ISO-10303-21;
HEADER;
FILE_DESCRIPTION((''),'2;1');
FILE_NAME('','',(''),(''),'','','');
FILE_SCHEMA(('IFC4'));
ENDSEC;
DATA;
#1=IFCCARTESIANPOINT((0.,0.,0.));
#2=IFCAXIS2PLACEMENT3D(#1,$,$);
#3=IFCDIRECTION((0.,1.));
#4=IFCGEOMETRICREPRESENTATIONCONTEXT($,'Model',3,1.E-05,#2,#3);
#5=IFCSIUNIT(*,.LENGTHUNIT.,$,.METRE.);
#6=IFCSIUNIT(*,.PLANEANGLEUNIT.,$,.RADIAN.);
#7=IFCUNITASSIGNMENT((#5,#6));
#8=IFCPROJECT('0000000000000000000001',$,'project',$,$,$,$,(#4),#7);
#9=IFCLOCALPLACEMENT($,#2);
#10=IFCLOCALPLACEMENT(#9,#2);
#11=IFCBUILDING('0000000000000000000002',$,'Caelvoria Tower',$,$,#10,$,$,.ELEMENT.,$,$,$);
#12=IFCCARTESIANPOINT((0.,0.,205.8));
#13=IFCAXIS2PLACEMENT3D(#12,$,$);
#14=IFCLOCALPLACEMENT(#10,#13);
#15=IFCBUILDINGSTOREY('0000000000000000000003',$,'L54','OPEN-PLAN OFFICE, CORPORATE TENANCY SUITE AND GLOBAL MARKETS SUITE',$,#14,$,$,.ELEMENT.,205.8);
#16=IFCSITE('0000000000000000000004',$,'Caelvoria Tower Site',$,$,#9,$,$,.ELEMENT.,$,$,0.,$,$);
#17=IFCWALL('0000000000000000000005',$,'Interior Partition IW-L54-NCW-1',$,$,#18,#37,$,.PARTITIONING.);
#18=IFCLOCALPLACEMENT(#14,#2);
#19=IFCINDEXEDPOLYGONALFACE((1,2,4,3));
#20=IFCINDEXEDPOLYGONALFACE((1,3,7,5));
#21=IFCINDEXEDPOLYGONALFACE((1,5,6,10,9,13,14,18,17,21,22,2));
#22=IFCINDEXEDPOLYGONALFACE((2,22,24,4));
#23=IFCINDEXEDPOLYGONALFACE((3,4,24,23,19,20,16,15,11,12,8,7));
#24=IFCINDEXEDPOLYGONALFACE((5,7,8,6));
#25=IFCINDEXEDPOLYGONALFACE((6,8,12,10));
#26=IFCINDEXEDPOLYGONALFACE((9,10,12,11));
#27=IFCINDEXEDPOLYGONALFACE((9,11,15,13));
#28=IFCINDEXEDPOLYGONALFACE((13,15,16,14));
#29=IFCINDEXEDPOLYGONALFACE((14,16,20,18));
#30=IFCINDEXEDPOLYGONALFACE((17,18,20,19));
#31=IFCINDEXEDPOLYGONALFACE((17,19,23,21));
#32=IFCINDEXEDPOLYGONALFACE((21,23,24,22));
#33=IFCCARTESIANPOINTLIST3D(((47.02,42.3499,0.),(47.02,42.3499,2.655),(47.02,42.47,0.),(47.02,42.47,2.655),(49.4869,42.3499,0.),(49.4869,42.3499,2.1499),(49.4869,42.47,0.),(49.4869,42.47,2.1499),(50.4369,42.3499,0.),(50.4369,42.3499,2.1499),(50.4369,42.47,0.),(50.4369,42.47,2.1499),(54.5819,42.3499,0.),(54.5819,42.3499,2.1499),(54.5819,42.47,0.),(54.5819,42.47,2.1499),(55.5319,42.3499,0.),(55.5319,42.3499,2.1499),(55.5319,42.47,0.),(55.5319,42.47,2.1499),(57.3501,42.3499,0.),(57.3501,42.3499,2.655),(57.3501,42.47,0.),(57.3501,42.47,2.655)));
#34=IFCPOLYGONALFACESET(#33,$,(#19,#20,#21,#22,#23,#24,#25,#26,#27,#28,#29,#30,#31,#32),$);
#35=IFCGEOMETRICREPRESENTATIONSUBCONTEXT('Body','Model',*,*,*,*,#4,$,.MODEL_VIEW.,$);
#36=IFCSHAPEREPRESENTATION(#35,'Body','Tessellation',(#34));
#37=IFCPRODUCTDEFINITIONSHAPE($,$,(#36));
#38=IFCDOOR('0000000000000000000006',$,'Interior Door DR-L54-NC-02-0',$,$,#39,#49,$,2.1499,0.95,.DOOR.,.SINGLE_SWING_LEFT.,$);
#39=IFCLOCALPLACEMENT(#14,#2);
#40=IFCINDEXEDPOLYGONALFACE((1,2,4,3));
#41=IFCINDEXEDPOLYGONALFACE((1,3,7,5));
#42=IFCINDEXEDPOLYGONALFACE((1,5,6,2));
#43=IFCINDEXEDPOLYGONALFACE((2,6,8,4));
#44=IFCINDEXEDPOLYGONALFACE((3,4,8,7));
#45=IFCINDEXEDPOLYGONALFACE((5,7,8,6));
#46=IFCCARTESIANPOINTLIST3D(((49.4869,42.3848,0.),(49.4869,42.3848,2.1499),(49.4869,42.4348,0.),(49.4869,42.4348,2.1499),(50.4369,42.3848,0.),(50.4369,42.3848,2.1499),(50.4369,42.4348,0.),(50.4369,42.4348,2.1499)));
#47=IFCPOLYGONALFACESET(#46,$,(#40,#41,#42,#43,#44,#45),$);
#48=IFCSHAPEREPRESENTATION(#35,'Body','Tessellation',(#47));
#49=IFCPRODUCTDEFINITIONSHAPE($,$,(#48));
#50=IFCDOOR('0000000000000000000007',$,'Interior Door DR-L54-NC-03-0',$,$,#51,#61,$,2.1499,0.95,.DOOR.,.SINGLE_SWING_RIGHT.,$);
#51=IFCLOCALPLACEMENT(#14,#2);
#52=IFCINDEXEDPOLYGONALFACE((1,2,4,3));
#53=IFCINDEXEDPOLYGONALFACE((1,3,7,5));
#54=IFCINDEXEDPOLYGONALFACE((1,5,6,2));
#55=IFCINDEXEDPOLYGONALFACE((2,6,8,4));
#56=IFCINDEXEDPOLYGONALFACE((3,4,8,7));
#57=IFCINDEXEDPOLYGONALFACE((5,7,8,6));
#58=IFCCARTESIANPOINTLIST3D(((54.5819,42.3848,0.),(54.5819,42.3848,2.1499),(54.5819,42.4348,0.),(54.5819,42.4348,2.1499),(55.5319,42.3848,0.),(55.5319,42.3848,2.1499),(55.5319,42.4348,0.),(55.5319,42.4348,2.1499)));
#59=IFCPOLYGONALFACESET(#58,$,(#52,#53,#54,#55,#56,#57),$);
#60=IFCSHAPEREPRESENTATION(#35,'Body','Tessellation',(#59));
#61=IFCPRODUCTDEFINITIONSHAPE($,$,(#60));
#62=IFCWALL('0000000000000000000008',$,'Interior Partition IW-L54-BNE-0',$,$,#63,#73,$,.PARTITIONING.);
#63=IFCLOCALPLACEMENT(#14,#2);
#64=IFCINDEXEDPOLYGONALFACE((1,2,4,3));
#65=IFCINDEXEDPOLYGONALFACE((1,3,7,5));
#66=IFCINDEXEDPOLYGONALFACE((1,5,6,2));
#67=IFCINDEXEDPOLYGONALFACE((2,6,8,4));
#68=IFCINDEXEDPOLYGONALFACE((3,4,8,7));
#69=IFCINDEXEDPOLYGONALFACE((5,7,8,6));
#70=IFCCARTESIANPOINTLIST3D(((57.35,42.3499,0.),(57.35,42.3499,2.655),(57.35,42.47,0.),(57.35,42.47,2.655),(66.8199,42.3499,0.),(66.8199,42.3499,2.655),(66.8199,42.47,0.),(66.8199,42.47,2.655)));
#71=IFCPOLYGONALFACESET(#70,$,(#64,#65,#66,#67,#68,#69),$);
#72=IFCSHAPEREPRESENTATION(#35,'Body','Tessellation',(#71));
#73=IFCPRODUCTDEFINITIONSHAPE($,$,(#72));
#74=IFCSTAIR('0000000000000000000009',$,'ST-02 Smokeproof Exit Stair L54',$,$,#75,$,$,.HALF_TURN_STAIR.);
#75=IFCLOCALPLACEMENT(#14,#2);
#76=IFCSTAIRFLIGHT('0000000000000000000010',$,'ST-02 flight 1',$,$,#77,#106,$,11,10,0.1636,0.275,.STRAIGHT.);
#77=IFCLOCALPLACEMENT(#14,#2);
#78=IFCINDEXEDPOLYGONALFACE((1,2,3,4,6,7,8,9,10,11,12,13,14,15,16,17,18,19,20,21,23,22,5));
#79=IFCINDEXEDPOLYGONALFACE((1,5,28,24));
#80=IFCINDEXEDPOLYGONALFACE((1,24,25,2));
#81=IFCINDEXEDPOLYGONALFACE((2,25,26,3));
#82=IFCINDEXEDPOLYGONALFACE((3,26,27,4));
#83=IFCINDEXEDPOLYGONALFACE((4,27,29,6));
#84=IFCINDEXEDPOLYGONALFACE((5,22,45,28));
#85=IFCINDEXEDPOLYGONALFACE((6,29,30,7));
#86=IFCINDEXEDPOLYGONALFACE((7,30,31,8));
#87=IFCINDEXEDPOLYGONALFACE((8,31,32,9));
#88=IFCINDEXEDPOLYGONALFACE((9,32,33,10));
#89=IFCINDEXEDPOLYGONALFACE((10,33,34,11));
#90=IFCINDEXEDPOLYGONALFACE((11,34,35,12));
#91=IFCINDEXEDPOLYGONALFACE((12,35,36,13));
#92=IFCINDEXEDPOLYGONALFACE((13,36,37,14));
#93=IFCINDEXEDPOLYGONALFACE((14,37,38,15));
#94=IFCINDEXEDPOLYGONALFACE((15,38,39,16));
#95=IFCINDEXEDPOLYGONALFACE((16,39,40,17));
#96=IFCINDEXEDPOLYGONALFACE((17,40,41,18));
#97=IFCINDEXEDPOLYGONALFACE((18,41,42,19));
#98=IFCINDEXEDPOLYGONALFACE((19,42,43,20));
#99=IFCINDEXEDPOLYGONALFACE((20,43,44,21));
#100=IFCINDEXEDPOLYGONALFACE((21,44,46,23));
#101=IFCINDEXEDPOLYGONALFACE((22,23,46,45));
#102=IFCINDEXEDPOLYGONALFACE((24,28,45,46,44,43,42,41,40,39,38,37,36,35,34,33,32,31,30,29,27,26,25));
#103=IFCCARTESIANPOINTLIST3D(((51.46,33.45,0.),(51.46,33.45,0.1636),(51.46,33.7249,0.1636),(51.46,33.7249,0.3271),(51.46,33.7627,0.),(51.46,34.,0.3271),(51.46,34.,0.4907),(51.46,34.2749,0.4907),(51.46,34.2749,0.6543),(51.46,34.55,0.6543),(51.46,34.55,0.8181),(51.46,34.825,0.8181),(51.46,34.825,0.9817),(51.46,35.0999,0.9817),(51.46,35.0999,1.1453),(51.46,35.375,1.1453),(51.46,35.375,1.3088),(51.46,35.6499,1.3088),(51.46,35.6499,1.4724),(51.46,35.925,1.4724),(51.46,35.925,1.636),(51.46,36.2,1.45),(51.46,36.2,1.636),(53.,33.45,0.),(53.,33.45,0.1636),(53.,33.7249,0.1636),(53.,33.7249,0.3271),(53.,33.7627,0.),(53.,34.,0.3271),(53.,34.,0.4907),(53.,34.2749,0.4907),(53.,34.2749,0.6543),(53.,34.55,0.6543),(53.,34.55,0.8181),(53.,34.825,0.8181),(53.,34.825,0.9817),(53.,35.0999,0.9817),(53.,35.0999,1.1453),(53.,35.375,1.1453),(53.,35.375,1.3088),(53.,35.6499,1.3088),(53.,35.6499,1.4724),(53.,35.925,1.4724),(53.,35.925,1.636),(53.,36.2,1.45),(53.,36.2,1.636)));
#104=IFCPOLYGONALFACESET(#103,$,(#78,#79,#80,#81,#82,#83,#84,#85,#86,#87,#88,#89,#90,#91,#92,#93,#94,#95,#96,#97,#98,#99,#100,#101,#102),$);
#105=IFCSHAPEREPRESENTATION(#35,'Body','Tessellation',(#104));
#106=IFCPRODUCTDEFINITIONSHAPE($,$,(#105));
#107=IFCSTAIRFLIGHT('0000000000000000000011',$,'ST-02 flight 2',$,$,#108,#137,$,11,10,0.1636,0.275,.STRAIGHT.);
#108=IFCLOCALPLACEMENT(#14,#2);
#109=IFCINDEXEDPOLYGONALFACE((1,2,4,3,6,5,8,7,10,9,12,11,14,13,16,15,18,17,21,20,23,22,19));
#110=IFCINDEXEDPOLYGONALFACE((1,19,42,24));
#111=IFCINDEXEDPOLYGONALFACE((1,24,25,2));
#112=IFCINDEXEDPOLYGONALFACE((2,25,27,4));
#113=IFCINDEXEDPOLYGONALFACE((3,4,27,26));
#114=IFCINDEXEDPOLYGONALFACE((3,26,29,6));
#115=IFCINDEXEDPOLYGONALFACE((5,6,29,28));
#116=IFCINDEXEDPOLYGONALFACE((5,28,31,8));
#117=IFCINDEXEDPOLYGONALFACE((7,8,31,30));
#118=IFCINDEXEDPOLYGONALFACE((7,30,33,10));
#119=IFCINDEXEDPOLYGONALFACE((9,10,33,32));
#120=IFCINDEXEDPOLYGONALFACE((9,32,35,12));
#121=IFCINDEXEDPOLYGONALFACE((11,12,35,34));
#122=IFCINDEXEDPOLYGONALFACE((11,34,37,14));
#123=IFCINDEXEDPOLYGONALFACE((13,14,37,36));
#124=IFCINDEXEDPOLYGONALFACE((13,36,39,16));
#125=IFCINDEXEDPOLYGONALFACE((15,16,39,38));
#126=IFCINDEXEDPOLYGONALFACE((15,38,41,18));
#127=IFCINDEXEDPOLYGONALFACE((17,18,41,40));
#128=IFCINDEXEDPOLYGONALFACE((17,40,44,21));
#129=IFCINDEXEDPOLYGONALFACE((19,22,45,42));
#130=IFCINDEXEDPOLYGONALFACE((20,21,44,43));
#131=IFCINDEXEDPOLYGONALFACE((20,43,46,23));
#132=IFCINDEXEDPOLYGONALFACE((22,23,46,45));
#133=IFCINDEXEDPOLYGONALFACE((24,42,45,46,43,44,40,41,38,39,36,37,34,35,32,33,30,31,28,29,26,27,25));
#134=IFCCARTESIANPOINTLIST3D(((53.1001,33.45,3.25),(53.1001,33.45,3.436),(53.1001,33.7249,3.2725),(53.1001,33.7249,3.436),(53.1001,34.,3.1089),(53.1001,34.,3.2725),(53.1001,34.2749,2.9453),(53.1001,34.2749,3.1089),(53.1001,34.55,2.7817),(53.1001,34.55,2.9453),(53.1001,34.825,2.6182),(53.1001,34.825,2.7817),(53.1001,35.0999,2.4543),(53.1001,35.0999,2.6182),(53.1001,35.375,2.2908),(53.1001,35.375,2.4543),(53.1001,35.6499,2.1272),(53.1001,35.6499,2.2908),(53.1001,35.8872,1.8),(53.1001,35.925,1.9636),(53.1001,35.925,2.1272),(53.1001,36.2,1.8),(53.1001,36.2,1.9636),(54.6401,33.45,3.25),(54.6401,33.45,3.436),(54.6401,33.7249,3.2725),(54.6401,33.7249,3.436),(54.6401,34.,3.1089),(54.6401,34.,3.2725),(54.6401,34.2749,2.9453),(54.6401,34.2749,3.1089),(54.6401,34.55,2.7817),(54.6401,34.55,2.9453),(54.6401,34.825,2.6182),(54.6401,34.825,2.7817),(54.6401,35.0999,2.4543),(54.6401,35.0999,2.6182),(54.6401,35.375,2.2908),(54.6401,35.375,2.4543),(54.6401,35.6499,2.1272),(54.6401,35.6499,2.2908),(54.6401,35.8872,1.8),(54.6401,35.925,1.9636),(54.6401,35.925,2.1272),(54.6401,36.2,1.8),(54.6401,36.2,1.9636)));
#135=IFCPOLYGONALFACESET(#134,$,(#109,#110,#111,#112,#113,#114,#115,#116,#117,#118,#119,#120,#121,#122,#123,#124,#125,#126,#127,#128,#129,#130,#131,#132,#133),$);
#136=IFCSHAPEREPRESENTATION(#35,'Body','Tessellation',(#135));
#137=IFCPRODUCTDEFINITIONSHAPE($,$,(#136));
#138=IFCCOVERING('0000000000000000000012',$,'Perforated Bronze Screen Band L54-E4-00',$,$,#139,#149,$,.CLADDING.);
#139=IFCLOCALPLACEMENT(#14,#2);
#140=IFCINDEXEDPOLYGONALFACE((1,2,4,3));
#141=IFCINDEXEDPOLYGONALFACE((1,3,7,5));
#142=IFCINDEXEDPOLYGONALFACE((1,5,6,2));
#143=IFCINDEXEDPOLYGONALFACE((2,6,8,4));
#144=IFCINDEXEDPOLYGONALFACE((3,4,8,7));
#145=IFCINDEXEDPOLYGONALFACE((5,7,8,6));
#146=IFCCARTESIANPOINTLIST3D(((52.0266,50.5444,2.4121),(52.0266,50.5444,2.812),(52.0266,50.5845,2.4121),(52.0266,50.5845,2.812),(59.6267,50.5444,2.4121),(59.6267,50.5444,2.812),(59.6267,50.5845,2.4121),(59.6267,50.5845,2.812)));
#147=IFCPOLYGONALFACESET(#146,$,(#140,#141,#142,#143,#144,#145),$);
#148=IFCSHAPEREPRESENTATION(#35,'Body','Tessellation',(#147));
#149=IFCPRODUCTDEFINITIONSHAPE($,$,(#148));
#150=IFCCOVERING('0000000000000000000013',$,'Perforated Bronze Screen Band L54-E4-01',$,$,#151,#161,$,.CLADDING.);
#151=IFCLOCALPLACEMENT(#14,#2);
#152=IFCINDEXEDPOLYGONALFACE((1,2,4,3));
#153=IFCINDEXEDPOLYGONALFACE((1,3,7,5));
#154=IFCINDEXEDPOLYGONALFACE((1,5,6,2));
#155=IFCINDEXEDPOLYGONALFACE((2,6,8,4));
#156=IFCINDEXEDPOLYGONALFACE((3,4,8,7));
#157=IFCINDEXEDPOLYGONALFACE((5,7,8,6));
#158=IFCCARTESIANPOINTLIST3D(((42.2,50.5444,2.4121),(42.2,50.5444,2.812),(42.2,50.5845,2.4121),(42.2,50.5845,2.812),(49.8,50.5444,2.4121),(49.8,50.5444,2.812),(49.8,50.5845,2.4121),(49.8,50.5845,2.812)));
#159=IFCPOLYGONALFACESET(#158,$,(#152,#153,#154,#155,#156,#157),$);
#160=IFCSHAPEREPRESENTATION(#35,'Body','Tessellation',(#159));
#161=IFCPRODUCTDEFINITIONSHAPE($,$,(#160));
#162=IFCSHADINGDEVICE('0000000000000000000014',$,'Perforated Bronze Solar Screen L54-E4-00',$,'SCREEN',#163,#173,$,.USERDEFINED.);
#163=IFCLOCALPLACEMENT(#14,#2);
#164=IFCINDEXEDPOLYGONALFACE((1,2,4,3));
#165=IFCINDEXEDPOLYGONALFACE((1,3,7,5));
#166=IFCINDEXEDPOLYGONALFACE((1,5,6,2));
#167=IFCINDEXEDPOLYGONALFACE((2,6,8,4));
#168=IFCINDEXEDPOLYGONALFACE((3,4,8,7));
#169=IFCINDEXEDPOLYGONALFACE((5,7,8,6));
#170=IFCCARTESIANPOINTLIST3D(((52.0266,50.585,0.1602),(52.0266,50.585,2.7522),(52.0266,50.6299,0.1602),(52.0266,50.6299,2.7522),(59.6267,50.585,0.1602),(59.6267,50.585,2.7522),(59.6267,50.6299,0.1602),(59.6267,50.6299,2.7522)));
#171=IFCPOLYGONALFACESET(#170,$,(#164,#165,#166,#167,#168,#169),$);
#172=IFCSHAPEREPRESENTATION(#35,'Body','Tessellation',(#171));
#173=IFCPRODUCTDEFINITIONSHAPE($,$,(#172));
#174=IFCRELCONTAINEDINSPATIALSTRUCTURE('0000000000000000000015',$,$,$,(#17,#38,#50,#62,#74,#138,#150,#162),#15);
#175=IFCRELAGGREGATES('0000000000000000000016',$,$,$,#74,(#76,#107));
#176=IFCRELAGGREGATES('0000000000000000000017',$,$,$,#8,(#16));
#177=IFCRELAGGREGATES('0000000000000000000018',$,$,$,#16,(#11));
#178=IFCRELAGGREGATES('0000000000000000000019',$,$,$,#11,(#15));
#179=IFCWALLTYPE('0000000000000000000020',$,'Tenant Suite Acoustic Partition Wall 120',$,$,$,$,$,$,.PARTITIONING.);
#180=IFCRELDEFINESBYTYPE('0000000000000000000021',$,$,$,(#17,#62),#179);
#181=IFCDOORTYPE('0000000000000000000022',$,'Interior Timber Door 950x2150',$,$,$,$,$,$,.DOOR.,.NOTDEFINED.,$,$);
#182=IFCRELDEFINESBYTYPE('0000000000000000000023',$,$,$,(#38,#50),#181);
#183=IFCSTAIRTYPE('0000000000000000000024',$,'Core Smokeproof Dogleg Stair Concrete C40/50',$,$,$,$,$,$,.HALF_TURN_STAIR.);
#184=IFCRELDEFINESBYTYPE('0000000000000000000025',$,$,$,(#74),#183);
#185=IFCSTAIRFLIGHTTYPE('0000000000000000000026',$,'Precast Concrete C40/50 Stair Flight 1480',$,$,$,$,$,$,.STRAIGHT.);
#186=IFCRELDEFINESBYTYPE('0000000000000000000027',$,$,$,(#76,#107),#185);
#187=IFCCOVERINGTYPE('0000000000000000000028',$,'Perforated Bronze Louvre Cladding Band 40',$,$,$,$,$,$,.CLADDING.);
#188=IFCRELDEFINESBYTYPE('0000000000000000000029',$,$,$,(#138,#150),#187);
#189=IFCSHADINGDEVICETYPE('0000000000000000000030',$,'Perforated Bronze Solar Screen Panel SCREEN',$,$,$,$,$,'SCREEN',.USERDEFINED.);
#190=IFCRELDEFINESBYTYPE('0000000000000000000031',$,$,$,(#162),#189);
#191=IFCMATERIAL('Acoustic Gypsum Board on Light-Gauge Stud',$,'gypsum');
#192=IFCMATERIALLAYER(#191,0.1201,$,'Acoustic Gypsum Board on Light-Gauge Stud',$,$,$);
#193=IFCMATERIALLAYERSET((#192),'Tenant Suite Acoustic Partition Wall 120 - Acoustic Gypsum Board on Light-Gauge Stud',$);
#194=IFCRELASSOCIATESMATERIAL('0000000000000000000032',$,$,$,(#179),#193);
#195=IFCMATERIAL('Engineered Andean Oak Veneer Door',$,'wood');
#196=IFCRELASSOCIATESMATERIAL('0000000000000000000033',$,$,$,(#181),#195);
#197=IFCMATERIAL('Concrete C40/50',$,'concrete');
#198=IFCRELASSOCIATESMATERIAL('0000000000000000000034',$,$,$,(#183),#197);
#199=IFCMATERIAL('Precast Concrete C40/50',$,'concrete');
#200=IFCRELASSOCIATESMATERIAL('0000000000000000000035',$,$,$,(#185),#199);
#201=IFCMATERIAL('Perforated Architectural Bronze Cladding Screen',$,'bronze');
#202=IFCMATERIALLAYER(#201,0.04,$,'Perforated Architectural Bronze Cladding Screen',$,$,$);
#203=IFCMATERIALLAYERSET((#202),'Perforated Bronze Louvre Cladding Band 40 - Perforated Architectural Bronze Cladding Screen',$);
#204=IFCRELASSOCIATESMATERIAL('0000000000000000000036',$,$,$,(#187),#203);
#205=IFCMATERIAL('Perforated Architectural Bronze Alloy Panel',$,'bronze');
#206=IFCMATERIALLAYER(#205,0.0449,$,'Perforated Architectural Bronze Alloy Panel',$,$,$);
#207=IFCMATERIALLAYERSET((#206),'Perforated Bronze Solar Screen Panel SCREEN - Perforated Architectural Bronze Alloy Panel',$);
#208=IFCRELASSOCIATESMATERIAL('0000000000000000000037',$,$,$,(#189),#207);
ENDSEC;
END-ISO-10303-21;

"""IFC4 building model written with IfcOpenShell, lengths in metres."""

from ifc_helpers import new_model, si_unit, direction, frame, frame_2d, origin, origin_2d, place, context, subcontext, project, spatial, polyline, rectangle, outline, extrude, material, layer, layer_set, type_object, element, fill, aggregate, save


model = new_model("IFC4")

# Units and contexts
model_context = context("Model", 3, precision=1e-05, world=origin(), true_north=direction((0.0, 1.0)))
body_context = subcontext(model_context, "Body", "Model", "MODEL_VIEW")
ifc_project = project(units=[si_unit("LENGTHUNIT", "METRE"), si_unit("PLANEANGLEUNIT", "RADIAN")], contexts=[model_context])

# Site, building, storey
site_placement = place(None, origin())
site = spatial("IfcSite", under=ifc_project, at=site_placement, Name="Caelvoria Tower Site", CompositionType="ELEMENT", RefElevation=0.0)
building_placement = place(site_placement, origin())
building = spatial("IfcBuilding", under=site, at=building_placement, Name="Caelvoria Tower", CompositionType="ELEMENT")
storey_placement = place(building_placement, frame((0.0, 0.0, 205.8)))
storey = spatial("IfcBuildingStorey", under=building, at=storey_placement, Name="L54", Description="OPEN-PLAN OFFICE, CORPORATE TENANCY SUITE AND GLOBAL MARKETS SUITE", CompositionType="ELEMENT", Elevation=205.8)

# Shared definitions
ifc_material_1 = material(Name="Engineered Andean Oak Veneer Door", Category="wood")
ifc_material_2 = material(Name="Acoustic Gypsum Board on Light-Gauge Stud", Category="gypsum")
ifc_layer_1 = layer(ifc_material_2, 0.1201, Name="Acoustic Gypsum Board on Light-Gauge Stud")
ifc_layer_set_1 = layer_set([ifc_layer_1], Name="Tenant Suite Acoustic Partition Wall 120 - Acoustic Gypsum Board on Light-Gauge Stud")
wall_type_1 = type_object("IfcWallType", Name="Tenant Suite Acoustic Partition Wall 120", PredefinedType="PARTITIONING", material=ifc_layer_set_1)

# Wall, openings, doors
wall_1_placement = place(storey_placement, frame((47.02, 42.4099, 0.0), z_axis=(0.0, 0.0, 1.0), x_axis=(1.0, 0.0, 0.0)))
wall_1 = element("IfcWall", 1, at=wall_1_placement, inside=storey, type_object=wall_type_1, Name="Interior Partition IW-L54-NCW-1", PredefinedType="PARTITIONING", context=body_context, shape_type="SweptSolid", body=[
    extrude(rectangle(XDim=10.3301, YDim=0.1201, at=frame_2d((5.165, 0.0))), origin(), (0.0, 0.0, 1.0), 2.655),
])
opening_1_placement = place(wall_1_placement, frame((2.4668, 0.0, 0.0)))
opening_1 = element("IfcOpeningElement", 2, at=opening_1_placement, cuts=wall_1, PredefinedType="OPENING", context=body_context, shape_type="SweptSolid", body=[
    extrude(rectangle(XDim=0.95, YDim=2.1499, at=frame_2d((0.4751, 1.075))), frame((0.0, 0.0701, 0.0), z_axis=(0.0, -1.0, 0.0), x_axis=(1.0, 0.0, 0.0)), (0.0, 0.0, 1.0), 0.1401),
])
opening_2_placement = place(wall_1_placement, frame((7.5618, 0.0, 0.0)))
opening_2 = element("IfcOpeningElement", 3, at=opening_2_placement, cuts=wall_1, PredefinedType="OPENING", context=body_context, shape_type="SweptSolid", body=[
    extrude(rectangle(XDim=0.95, YDim=2.1499, at=frame_2d((0.4751, 1.075))), frame((0.0, 0.0701, 0.0), z_axis=(0.0, -1.0, 0.0), x_axis=(1.0, 0.0, 0.0)), (0.0, 0.0, 1.0), 0.1401),
])
door_type_1 = type_object("IfcDoorType", Name="Interior Timber Door 950x2150", OperationType="NOTDEFINED", PredefinedType="DOOR", material=ifc_material_1)
door_1_placement = place(opening_1_placement, origin())
door_1 = element("IfcDoor", 4, at=door_1_placement, inside=storey, type_object=door_type_1, Name="Interior Door DR-L54-NC-02-0", OperationType="SINGLE_SWING_LEFT", OverallHeight=2.1499, OverallWidth=0.95, PredefinedType="DOOR", context=body_context, shape_type="SweptSolid", body=[
    extrude(rectangle(XDim=0.95, YDim=2.1499, at=frame_2d((0.4751, 1.075))), frame((0.0, 0.0249, 0.0), z_axis=(0.0, -1.0, 0.0), x_axis=(1.0, 0.0, 0.0)), (0.0, 0.0, 1.0), 0.05),
])
fill(opening_1, door_1)
door_2_placement = place(opening_2_placement, origin())
door_2 = element("IfcDoor", 5, at=door_2_placement, inside=storey, type_object=door_type_1, Name="Interior Door DR-L54-NC-03-0", OperationType="SINGLE_SWING_RIGHT", OverallHeight=2.1499, OverallWidth=0.95, PredefinedType="DOOR", context=body_context, shape_type="SweptSolid", body=[
    extrude(rectangle(XDim=0.95, YDim=2.1499, at=frame_2d((0.4751, 1.075))), frame((0.0, 0.0249, 0.0), z_axis=(0.0, -1.0, 0.0), x_axis=(1.0, 0.0, 0.0)), (0.0, 0.0, 1.0), 0.05),
])
fill(opening_2, door_2)

# Wall
wall_2_placement = place(storey_placement, frame((57.3501, 42.4099, 0.0), z_axis=(0.0, 0.0, 1.0), x_axis=(1.0, 0.0, 0.0)))
element("IfcWall", 6, at=wall_2_placement, inside=storey, type_object=wall_type_1, Name="Interior Partition IW-L54-BNE-0", PredefinedType="PARTITIONING", context=body_context, shape_type="SweptSolid", body=[
    extrude(rectangle(XDim=9.47, YDim=0.1201, at=frame_2d((4.7349, 0.0))), origin(), (0.0, 0.0, 1.0), 2.655),
])

# Stair, stair flights
ifc_material_3 = material(Name="Concrete C40/50", Category="concrete")
stair_type = type_object("IfcStairType", Name="Core Smokeproof Dogleg Stair Concrete C40/50", PredefinedType="HALF_TURN_STAIR", material=ifc_material_3)
stair_placement = place(storey_placement, origin())
stair = element("IfcStair", 7, at=stair_placement, inside=storey, type_object=stair_type, Name="ST-02 Smokeproof Exit Stair L54", PredefinedType="HALF_TURN_STAIR")
ifc_material_4 = material(Name="Precast Concrete C40/50", Category="concrete")
stair_flight_type = type_object("IfcStairFlightType", Name="Precast Concrete C40/50 Stair Flight 1480", PredefinedType="STRAIGHT", material=ifc_material_4)
stair_flight_1_placement = place(storey_placement, frame((52.23, 33.45, 0.0), z_axis=(0.0, 0.0, 1.0), x_axis=(0.0, 1.0, 0.0)))
stair_flight_1 = element("IfcStairFlight", 8, at=stair_flight_1_placement, type_object=stair_flight_type, Name="ST-02 flight 1", NumberOfRisers=11, NumberOfTreads=10, PredefinedType="STRAIGHT", RiserHeight=0.1636, TreadLength=0.275, context=body_context, shape_type="SweptSolid", body=[
    extrude(outline(polyline([(0.0, 0.0), (0.0, 0.1636), (0.2749, 0.1636), (0.2749, 0.3271), (0.55, 0.3271), (0.55, 0.4907), (0.825, 0.4907), (0.825, 0.6543), (1.1001, 0.6543), (1.1001, 0.8181), (1.375, 0.8181), (1.375, 0.9817), (1.6499, 0.9817), (1.6499, 1.1453), (1.925, 1.1453), (1.925, 1.3088), (2.2, 1.3088), (2.2, 1.4724), (2.4751, 1.4724), (2.4751, 1.636), (2.75, 1.636), (2.75, 1.7996), (2.75, 1.45), (0.3127, 0.0), (0.0, 0.0)])), frame((0.0, 0.77, 0.0), z_axis=(0.0, -1.0, 0.0), x_axis=(1.0, 0.0, 0.0)), (0.0, 0.0, 1.0), 1.54),
])
stair_flight_2_placement = place(storey_placement, frame((53.8701, 36.2, 1.8), z_axis=(0.0, 0.0, 1.0), x_axis=(0.0, -1.0, 0.0)))
stair_flight_2 = element("IfcStairFlight", 9, at=stair_flight_2_placement, type_object=stair_flight_type, Name="ST-02 flight 2", NumberOfRisers=11, NumberOfTreads=10, PredefinedType="STRAIGHT", RiserHeight=0.1636, TreadLength=0.275, context=body_context, shape_type="SweptSolid", body=[
    extrude(outline(polyline([(0.0, 0.0), (0.0, 0.1636), (0.2749, 0.1636), (0.2749, 0.3271), (0.55, 0.3271), (0.55, 0.4907), (0.825, 0.4907), (0.825, 0.6543), (1.1001, 0.6543), (1.1001, 0.8181), (1.375, 0.8181), (1.375, 0.9817), (1.6499, 0.9817), (1.6499, 1.1453), (1.925, 1.1453), (1.925, 1.3088), (2.2, 1.3088), (2.2, 1.4724), (2.4751, 1.4724), (2.4751, 1.636), (2.75, 1.636), (2.75, 1.7996), (2.75, 1.45), (0.3127, 0.0), (0.0, 0.0)])), frame((0.0, 0.77, 0.0), z_axis=(0.0, -1.0, 0.0), x_axis=(1.0, 0.0, 0.0)), (0.0, 0.0, 1.0), 1.54),
])
aggregate(stair, [stair_flight_1, stair_flight_2])

# Coverings
ifc_material_5 = material(Name="Perforated Architectural Bronze Cladding Screen", Category="bronze")
ifc_layer_2 = layer(ifc_material_5, 0.04, Name="Perforated Architectural Bronze Cladding Screen")
ifc_layer_set_2 = layer_set([ifc_layer_2], Name="Perforated Bronze Louvre Cladding Band 40 - Perforated Architectural Bronze Cladding Screen")
covering_type = type_object("IfcCoveringType", Name="Perforated Bronze Louvre Cladding Band 40", PredefinedType="CLADDING", material=ifc_layer_set_2)
for number, where, z_axis, x_axis, name in (
    (10, (55.8267, 50.5645, 2.4121), (0.0, 0.0, 1.0), (-1.0, 0.0, 0.0), "Perforated Bronze Screen Band L54-E4-00"),
    (11, (46.0, 50.5645, 2.4121), (0.0, 0.0, 1.0), (-1.0, 0.0, 0.0), "Perforated Bronze Screen Band L54-E4-01"),
):
    element("IfcCovering", number, at=place(storey_placement, frame(where, z_axis=z_axis, x_axis=x_axis)), inside=storey, type_object=covering_type, Name=name, PredefinedType="CLADDING", context=body_context, shape_type="SweptSolid", body=[
        extrude(rectangle(XDim=7.6001, YDim=0.04, at=origin_2d()), origin(), (0.0, 0.0, 1.0), 0.3999),
    ])

# Shading device
ifc_material_6 = material(Name="Perforated Architectural Bronze Alloy Panel", Category="bronze")
ifc_layer_3 = layer(ifc_material_6, 0.0449, Name="Perforated Architectural Bronze Alloy Panel")
ifc_layer_set_3 = layer_set([ifc_layer_3], Name="Perforated Bronze Solar Screen Panel SCREEN - Perforated Architectural Bronze Alloy Panel")
shading_device_type = type_object("IfcShadingDeviceType", Name="Perforated Bronze Solar Screen Panel SCREEN", ElementType="SCREEN", PredefinedType="USERDEFINED", material=ifc_layer_set_3)
for number, where, z_axis, x_axis, name in (
    (12, (55.8267, 50.6074, 0.1602), (0.0, 0.0, 1.0), (-1.0, 0.0, 0.0), "Perforated Bronze Solar Screen L54-E4-00"),
):
    element("IfcShadingDevice", number, at=place(storey_placement, frame(where, z_axis=z_axis, x_axis=x_axis)), inside=storey, type_object=shading_device_type, Name=name, ObjectType="SCREEN", PredefinedType="USERDEFINED", context=body_context, shape_type="SweptSolid", body=[
        extrude(rectangle(XDim=7.6001, YDim=0.0449, at=origin_2d()), origin(), (0.0, 0.0, 1.0), 2.592),
    ])

save(model, "model.ifc")
